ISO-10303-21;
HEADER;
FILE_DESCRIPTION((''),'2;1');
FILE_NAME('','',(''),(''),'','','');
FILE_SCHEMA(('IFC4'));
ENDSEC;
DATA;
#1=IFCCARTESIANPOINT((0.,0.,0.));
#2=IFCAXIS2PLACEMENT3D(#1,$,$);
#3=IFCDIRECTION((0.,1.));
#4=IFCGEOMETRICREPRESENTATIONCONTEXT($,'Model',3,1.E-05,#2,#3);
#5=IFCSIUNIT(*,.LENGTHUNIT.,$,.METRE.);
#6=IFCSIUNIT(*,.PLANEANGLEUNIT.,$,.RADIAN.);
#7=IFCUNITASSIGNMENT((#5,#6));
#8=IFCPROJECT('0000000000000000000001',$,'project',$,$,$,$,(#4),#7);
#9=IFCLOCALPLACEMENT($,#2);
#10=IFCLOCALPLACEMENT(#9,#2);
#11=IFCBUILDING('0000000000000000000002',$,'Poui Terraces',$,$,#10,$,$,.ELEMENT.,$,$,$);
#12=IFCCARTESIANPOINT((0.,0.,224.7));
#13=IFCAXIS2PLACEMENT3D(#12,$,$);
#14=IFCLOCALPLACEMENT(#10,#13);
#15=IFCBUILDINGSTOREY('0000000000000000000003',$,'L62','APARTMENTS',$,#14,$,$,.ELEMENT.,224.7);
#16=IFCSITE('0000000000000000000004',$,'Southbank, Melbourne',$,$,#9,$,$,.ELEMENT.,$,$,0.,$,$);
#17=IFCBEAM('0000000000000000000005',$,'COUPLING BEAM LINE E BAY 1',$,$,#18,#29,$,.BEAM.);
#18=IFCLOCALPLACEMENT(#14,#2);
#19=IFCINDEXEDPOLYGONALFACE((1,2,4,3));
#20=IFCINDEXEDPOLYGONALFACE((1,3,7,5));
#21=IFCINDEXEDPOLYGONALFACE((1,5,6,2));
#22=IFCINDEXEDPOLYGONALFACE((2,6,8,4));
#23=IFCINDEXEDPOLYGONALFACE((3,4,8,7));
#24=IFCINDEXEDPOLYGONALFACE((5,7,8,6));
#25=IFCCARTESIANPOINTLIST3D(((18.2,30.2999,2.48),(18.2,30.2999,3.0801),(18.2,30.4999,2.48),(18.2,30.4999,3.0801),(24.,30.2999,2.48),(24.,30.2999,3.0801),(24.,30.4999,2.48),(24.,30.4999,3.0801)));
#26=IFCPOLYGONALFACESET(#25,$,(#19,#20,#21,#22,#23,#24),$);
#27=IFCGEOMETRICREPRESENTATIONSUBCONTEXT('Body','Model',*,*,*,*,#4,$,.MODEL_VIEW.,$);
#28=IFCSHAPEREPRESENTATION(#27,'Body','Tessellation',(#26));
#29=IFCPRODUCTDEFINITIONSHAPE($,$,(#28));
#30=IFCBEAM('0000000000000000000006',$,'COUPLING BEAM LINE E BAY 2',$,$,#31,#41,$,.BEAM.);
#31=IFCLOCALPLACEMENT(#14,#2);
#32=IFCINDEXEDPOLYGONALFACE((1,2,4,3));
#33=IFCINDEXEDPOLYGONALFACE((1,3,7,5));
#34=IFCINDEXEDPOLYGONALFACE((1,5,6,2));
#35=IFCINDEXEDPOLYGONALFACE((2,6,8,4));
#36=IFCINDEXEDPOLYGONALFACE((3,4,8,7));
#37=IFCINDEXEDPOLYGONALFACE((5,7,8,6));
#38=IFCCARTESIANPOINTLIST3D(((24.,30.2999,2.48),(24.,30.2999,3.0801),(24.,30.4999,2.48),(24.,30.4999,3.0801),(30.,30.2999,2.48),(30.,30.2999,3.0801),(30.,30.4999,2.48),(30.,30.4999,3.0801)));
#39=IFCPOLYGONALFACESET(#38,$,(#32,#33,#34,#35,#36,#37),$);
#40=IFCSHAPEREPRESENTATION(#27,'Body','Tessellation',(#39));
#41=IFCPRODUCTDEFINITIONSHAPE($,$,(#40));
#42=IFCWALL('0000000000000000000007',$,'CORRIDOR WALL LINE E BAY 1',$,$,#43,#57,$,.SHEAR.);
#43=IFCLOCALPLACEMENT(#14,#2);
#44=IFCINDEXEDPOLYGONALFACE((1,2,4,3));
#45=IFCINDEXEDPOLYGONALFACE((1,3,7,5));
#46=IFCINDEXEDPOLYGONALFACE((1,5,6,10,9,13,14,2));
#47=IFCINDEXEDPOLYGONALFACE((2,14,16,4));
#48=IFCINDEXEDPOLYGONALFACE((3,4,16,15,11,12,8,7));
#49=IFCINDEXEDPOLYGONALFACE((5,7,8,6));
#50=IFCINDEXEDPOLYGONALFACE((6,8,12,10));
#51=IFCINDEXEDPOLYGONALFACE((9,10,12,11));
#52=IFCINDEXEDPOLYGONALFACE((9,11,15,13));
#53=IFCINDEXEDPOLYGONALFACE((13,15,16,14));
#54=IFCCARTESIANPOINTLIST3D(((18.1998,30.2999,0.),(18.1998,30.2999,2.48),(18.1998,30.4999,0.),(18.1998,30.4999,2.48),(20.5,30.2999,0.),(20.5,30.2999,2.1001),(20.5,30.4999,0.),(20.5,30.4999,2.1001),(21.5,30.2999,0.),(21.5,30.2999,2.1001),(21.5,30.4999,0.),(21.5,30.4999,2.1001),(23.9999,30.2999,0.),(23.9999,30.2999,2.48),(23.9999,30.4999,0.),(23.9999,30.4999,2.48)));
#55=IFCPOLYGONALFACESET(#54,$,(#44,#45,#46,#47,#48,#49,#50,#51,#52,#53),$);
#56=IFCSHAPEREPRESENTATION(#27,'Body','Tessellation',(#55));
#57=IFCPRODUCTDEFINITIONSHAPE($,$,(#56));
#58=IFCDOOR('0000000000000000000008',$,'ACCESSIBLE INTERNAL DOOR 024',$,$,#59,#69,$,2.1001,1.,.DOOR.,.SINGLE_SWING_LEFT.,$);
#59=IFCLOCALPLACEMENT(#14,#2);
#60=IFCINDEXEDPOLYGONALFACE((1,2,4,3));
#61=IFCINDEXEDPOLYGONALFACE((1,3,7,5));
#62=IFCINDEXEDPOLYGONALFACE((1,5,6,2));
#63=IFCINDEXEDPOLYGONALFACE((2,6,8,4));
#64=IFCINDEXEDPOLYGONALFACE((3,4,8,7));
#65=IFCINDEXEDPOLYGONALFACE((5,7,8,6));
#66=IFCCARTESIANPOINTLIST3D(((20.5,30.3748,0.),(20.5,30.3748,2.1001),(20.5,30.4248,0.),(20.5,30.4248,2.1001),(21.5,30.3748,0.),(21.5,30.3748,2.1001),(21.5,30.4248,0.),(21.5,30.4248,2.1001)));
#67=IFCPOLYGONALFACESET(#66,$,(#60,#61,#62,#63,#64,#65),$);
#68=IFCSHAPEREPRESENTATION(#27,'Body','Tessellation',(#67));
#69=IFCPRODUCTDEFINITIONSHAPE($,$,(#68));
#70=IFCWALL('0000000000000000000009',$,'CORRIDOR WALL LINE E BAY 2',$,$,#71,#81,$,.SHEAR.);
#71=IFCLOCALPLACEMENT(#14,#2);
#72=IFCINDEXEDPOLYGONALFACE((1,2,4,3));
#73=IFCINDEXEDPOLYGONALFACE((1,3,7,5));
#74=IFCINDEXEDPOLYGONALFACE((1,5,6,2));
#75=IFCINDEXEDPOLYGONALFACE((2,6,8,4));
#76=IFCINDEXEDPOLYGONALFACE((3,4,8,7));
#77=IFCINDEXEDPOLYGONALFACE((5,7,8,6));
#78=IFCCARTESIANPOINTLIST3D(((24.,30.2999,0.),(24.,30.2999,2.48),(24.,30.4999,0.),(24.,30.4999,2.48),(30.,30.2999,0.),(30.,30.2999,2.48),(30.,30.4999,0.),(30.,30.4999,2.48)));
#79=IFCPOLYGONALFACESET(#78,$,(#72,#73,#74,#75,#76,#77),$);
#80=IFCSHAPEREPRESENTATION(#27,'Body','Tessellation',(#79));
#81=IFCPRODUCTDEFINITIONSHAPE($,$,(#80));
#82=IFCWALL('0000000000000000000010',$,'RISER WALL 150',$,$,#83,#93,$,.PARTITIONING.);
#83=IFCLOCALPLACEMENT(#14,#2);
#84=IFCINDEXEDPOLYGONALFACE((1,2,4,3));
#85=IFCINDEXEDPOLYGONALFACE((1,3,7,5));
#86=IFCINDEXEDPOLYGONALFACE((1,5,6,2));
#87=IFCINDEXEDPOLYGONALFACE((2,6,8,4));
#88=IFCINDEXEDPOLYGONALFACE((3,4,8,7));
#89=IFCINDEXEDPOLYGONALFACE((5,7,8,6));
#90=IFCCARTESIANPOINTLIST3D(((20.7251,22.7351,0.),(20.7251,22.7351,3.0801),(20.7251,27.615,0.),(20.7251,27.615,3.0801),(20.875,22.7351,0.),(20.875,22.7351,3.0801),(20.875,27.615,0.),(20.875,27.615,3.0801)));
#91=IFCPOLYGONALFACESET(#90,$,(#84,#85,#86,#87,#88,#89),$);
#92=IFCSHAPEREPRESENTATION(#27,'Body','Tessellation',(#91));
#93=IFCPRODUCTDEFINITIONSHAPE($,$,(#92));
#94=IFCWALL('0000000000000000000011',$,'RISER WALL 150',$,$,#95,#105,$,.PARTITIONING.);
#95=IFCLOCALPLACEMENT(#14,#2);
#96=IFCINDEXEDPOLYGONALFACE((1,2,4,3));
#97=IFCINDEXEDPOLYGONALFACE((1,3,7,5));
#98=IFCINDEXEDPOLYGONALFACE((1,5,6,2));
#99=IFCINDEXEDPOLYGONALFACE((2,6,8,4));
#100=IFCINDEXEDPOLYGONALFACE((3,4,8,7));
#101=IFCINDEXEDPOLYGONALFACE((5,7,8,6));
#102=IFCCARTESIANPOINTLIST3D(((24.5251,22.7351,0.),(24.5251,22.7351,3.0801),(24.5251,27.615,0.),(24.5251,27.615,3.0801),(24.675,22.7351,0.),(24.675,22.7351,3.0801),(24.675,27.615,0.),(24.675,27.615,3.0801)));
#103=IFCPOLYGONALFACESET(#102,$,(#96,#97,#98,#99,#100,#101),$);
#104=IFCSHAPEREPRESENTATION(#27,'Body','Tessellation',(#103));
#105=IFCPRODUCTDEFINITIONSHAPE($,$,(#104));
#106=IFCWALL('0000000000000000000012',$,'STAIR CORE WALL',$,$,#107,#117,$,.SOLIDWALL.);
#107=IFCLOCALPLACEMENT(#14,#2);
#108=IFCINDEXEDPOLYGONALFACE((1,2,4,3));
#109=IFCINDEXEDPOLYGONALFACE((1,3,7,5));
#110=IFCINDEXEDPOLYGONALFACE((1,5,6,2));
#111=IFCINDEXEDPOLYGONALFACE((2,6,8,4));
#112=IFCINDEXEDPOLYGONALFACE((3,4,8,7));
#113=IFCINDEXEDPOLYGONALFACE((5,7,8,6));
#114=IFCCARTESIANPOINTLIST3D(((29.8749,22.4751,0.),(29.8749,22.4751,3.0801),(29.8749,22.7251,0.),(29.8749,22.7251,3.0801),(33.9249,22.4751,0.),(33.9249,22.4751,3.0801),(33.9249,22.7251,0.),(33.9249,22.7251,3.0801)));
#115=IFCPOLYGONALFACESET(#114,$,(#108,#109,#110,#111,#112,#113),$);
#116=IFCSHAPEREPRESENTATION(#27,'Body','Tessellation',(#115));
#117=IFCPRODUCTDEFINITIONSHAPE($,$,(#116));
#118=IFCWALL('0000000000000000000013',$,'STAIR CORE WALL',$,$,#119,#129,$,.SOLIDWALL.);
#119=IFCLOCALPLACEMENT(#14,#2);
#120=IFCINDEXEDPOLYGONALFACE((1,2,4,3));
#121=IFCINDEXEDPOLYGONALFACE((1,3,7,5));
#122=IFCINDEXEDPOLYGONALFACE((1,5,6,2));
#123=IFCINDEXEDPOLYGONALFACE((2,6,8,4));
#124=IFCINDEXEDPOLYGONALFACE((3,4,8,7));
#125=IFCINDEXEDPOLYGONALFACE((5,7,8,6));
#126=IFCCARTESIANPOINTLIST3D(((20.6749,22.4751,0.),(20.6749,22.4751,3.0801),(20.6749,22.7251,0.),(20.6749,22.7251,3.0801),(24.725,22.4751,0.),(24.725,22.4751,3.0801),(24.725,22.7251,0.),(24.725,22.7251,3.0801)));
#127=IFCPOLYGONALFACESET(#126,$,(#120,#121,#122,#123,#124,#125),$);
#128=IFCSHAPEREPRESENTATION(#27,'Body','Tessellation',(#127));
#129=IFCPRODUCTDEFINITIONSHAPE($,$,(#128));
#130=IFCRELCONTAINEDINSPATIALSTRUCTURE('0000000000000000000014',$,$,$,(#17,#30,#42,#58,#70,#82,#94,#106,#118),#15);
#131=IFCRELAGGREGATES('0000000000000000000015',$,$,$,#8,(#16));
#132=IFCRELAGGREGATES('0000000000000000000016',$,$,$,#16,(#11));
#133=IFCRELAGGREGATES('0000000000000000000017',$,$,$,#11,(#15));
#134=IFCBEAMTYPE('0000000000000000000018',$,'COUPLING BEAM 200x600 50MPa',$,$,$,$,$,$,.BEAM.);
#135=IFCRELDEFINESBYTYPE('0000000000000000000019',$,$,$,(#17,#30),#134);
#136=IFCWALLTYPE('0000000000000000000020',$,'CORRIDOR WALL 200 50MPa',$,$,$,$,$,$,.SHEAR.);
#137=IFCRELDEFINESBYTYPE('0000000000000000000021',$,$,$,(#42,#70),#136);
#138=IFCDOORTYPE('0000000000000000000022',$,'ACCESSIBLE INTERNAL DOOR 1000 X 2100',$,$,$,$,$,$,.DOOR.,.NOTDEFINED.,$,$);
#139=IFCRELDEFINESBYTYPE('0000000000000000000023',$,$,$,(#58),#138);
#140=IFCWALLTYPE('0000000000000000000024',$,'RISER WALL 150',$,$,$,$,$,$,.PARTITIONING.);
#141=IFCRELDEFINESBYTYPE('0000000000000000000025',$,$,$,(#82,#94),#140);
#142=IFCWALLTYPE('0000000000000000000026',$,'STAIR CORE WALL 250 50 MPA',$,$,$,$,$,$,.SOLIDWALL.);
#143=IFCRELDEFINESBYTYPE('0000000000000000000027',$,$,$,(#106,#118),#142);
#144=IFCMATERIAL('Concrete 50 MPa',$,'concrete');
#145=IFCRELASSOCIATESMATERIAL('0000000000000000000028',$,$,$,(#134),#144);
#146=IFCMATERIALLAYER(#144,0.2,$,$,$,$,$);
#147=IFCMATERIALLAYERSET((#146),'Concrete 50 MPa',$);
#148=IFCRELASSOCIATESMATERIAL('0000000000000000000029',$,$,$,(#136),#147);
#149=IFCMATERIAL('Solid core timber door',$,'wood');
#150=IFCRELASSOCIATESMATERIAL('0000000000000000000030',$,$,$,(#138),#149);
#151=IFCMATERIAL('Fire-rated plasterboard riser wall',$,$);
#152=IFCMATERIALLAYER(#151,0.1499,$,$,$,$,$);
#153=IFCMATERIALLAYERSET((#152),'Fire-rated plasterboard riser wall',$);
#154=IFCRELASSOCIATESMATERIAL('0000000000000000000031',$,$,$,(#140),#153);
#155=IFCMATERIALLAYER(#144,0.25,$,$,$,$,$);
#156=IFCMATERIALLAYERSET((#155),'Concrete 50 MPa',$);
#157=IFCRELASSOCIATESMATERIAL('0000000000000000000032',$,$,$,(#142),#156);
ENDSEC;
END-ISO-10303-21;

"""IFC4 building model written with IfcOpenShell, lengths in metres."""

from ifc_helpers import new_model, si_unit, direction, frame, frame_2d, origin, origin_2d, place, context, subcontext, project, spatial, rectangle, extrude, source, transform, mapped, material, layer, layer_set, material_profile, profile_set, type_object, element, fill, save


model = new_model("IFC4")

# Units and contexts
model_context = context("Model", 3, precision=1e-05, world=origin(), true_north=direction((0.0, 1.0)))
body_context = subcontext(model_context, "Body", "Model", "MODEL_VIEW")
ifc_project = project(units=[si_unit("LENGTHUNIT", "METRE"), si_unit("PLANEANGLEUNIT", "RADIAN")], contexts=[model_context])

# Site, building, storey
site_placement = place(None, origin())
site = spatial("IfcSite", under=ifc_project, at=site_placement, Name="Southbank, Melbourne", CompositionType="ELEMENT", RefElevation=0.0)
building_placement = place(site_placement, origin())
building = spatial("IfcBuilding", under=site, at=building_placement, Name="Poui Terraces", CompositionType="ELEMENT")
storey_placement = place(building_placement, frame((0.0, 0.0, 224.7)))
storey = spatial("IfcBuildingStorey", under=building, at=storey_placement, Name="L62", Description="APARTMENTS", CompositionType="ELEMENT", Elevation=224.7)

# Beams
ifc_material_1 = material(Name="Concrete 50 MPa", Category="concrete")
ifc_material_profile = material_profile(ifc_material_1, rectangle(XDim=0.2, YDim=0.6001, at=origin_2d()), Name="RC 200x600")
ifc_profile_set = profile_set([ifc_material_profile], Name="Concrete 50 MPa")
beam_type = type_object("IfcBeamType", Name="COUPLING BEAM 200x600 50MPa", PredefinedType="BEAM", material=ifc_profile_set)
shared_shape_1 = source(origin(), body_context, "Body", "SweptSolid", [
    extrude(rectangle(XDim=0.2, YDim=0.6001, at=origin_2d()), origin(), (0.0, 0.0, 1.0), 5.8),
])
beam_1_placement = place(storey_placement, frame((18.2, 30.3999, 2.78), z_axis=(1.0, 0.0, 0.0), x_axis=(0.0, 1.0, 0.0)))
element("IfcBeam", 1, at=beam_1_placement, inside=storey, type_object=beam_type, Name="COUPLING BEAM LINE E BAY 1", PredefinedType="BEAM", context=body_context, shape_type="MappedRepresentation", body=[
    mapped(shared_shape_1, transform((0.0, 0.0, 0.0))),
])
shared_shape_2 = source(origin(), body_context, "Body", "SweptSolid", [
    extrude(rectangle(XDim=0.2, YDim=0.6001, at=origin_2d()), origin(), (0.0, 0.0, 1.0), 6.0),
])
beam_2_placement = place(storey_placement, frame((24.0, 30.3999, 2.78), z_axis=(1.0, 0.0, 0.0), x_axis=(0.0, 1.0, 0.0)))
element("IfcBeam", 2, at=beam_2_placement, inside=storey, type_object=beam_type, Name="COUPLING BEAM LINE E BAY 2", PredefinedType="BEAM", context=body_context, shape_type="MappedRepresentation", body=[
    mapped(shared_shape_2, transform((0.0, 0.0, 0.0))),
])

# Wall, opening, door
ifc_layer_1 = layer(ifc_material_1, 0.2)
ifc_layer_set_1 = layer_set([ifc_layer_1], Name="Concrete 50 MPa")
wall_type_1 = type_object("IfcWallType", Name="CORRIDOR WALL 200 50MPa", PredefinedType="SHEAR", material=ifc_layer_set_1)
wall_1_placement = place(storey_placement, frame((18.2, 30.3999, 0.0), z_axis=(0.0, 0.0, 1.0), x_axis=(1.0, 0.0, 0.0)))
wall_1 = element("IfcWall", 3, at=wall_1_placement, inside=storey, type_object=wall_type_1, Name="CORRIDOR WALL LINE E BAY 1", PredefinedType="SHEAR", context=body_context, shape_type="SweptSolid", body=[
    extrude(rectangle(XDim=5.8, YDim=0.2, at=frame_2d((2.8999, 0.0))), origin(), (0.0, 0.0, 1.0), 2.48),
])
opening_1_placement = place(wall_1_placement, frame((2.3, 0.0, 0.0)))
opening_1 = element("IfcOpeningElement", 4, at=opening_1_placement, cuts=wall_1, PredefinedType="OPENING", context=body_context, shape_type="SweptSolid", body=[
    extrude(rectangle(XDim=1.0, YDim=2.1001, at=frame_2d((0.5, 1.05))), frame((0.0, 0.1099, 0.0), z_axis=(0.0, -1.0, 0.0), x_axis=(1.0, 0.0, 0.0)), (0.0, 0.0, 1.0), 0.22),
])
ifc_material_2 = material(Name="Solid core timber door", Category="wood")
door_type_1 = type_object("IfcDoorType", Name="ACCESSIBLE INTERNAL DOOR 1000 X 2100", OperationType="NOTDEFINED", PredefinedType="DOOR", material=ifc_material_2)
door_1_placement = place(opening_1_placement, origin())
door_1 = element("IfcDoor", 5, at=door_1_placement, inside=storey, type_object=door_type_1, Name="ACCESSIBLE INTERNAL DOOR 024", OperationType="SINGLE_SWING_LEFT", OverallHeight=2.1001, OverallWidth=1.0, PredefinedType="DOOR", context=body_context, shape_type="SweptSolid", body=[
    extrude(rectangle(XDim=1.0, YDim=2.1001, at=frame_2d((0.5, 1.05))), frame((0.0, 0.0249, 0.0), z_axis=(0.0, -1.0, 0.0), x_axis=(1.0, 0.0, 0.0)), (0.0, 0.0, 1.0), 0.05),
])
fill(opening_1, door_1)

# Walls
wall_2_placement = place(storey_placement, frame((24.0, 30.3999, 0.0), z_axis=(0.0, 0.0, 1.0), x_axis=(1.0, 0.0, 0.0)))
element("IfcWall", 6, at=wall_2_placement, inside=storey, type_object=wall_type_1, Name="CORRIDOR WALL LINE E BAY 2", PredefinedType="SHEAR", context=body_context, shape_type="SweptSolid", body=[
    extrude(rectangle(XDim=6.0, YDim=0.2, at=frame_2d((3.0, 0.0))), origin(), (0.0, 0.0, 1.0), 2.48),
])
ifc_material_3 = material(Name="Fire-rated plasterboard riser wall")
ifc_layer_2 = layer(ifc_material_3, 0.1499)
ifc_layer_set_2 = layer_set([ifc_layer_2], Name="Fire-rated plasterboard riser wall")
wall_type_2 = type_object("IfcWallType", Name="RISER WALL 150", PredefinedType="PARTITIONING", material=ifc_layer_set_2)
for number, where, z_axis, x_axis, name in (
    (7, (20.8, 22.7351, 0.0), (0.0, 0.0, 1.0), (0.0, 1.0, 0.0), "RISER WALL 150"),
    (8, (24.6001, 22.7351, 0.0), (0.0, 0.0, 1.0), (0.0, 1.0, 0.0), "RISER WALL 150"),
):
    element("IfcWall", number, at=place(storey_placement, frame(where, z_axis=z_axis, x_axis=x_axis)), inside=storey, type_object=wall_type_2, Name=name, PredefinedType="PARTITIONING", context=body_context, shape_type="SweptSolid", body=[
        extrude(rectangle(XDim=4.8799, YDim=0.1499, at=frame_2d((2.4399, 0.0))), origin(), (0.0, 0.0, 1.0), 3.0801),
    ])

# Walls
ifc_layer_3 = layer(ifc_material_1, 0.25)
ifc_layer_set_3 = layer_set([ifc_layer_3], Name="Concrete 50 MPa")
wall_type_3 = type_object("IfcWallType", Name="STAIR CORE WALL 250 50 MPA", PredefinedType="SOLIDWALL", material=ifc_layer_set_3)
for number, where, z_axis, x_axis, name in (
    (9, (29.875, 22.6001, 0.0), (0.0, 0.0, 1.0), (1.0, 0.0, 0.0), "STAIR CORE WALL"),
    (10, (20.675, 22.6001, 0.0), (0.0, 0.0, 1.0), (1.0, 0.0, 0.0), "STAIR CORE WALL"),
):
    element("IfcWall", number, at=place(storey_placement, frame(where, z_axis=z_axis, x_axis=x_axis)), inside=storey, type_object=wall_type_3, Name=name, PredefinedType="SOLIDWALL", context=body_context, shape_type="SweptSolid", body=[
        extrude(rectangle(XDim=4.05, YDim=0.25, at=frame_2d((2.0249, 0.0))), origin(), (0.0, 0.0, 1.0), 3.0801),
    ])

save(model, "model.ifc")
